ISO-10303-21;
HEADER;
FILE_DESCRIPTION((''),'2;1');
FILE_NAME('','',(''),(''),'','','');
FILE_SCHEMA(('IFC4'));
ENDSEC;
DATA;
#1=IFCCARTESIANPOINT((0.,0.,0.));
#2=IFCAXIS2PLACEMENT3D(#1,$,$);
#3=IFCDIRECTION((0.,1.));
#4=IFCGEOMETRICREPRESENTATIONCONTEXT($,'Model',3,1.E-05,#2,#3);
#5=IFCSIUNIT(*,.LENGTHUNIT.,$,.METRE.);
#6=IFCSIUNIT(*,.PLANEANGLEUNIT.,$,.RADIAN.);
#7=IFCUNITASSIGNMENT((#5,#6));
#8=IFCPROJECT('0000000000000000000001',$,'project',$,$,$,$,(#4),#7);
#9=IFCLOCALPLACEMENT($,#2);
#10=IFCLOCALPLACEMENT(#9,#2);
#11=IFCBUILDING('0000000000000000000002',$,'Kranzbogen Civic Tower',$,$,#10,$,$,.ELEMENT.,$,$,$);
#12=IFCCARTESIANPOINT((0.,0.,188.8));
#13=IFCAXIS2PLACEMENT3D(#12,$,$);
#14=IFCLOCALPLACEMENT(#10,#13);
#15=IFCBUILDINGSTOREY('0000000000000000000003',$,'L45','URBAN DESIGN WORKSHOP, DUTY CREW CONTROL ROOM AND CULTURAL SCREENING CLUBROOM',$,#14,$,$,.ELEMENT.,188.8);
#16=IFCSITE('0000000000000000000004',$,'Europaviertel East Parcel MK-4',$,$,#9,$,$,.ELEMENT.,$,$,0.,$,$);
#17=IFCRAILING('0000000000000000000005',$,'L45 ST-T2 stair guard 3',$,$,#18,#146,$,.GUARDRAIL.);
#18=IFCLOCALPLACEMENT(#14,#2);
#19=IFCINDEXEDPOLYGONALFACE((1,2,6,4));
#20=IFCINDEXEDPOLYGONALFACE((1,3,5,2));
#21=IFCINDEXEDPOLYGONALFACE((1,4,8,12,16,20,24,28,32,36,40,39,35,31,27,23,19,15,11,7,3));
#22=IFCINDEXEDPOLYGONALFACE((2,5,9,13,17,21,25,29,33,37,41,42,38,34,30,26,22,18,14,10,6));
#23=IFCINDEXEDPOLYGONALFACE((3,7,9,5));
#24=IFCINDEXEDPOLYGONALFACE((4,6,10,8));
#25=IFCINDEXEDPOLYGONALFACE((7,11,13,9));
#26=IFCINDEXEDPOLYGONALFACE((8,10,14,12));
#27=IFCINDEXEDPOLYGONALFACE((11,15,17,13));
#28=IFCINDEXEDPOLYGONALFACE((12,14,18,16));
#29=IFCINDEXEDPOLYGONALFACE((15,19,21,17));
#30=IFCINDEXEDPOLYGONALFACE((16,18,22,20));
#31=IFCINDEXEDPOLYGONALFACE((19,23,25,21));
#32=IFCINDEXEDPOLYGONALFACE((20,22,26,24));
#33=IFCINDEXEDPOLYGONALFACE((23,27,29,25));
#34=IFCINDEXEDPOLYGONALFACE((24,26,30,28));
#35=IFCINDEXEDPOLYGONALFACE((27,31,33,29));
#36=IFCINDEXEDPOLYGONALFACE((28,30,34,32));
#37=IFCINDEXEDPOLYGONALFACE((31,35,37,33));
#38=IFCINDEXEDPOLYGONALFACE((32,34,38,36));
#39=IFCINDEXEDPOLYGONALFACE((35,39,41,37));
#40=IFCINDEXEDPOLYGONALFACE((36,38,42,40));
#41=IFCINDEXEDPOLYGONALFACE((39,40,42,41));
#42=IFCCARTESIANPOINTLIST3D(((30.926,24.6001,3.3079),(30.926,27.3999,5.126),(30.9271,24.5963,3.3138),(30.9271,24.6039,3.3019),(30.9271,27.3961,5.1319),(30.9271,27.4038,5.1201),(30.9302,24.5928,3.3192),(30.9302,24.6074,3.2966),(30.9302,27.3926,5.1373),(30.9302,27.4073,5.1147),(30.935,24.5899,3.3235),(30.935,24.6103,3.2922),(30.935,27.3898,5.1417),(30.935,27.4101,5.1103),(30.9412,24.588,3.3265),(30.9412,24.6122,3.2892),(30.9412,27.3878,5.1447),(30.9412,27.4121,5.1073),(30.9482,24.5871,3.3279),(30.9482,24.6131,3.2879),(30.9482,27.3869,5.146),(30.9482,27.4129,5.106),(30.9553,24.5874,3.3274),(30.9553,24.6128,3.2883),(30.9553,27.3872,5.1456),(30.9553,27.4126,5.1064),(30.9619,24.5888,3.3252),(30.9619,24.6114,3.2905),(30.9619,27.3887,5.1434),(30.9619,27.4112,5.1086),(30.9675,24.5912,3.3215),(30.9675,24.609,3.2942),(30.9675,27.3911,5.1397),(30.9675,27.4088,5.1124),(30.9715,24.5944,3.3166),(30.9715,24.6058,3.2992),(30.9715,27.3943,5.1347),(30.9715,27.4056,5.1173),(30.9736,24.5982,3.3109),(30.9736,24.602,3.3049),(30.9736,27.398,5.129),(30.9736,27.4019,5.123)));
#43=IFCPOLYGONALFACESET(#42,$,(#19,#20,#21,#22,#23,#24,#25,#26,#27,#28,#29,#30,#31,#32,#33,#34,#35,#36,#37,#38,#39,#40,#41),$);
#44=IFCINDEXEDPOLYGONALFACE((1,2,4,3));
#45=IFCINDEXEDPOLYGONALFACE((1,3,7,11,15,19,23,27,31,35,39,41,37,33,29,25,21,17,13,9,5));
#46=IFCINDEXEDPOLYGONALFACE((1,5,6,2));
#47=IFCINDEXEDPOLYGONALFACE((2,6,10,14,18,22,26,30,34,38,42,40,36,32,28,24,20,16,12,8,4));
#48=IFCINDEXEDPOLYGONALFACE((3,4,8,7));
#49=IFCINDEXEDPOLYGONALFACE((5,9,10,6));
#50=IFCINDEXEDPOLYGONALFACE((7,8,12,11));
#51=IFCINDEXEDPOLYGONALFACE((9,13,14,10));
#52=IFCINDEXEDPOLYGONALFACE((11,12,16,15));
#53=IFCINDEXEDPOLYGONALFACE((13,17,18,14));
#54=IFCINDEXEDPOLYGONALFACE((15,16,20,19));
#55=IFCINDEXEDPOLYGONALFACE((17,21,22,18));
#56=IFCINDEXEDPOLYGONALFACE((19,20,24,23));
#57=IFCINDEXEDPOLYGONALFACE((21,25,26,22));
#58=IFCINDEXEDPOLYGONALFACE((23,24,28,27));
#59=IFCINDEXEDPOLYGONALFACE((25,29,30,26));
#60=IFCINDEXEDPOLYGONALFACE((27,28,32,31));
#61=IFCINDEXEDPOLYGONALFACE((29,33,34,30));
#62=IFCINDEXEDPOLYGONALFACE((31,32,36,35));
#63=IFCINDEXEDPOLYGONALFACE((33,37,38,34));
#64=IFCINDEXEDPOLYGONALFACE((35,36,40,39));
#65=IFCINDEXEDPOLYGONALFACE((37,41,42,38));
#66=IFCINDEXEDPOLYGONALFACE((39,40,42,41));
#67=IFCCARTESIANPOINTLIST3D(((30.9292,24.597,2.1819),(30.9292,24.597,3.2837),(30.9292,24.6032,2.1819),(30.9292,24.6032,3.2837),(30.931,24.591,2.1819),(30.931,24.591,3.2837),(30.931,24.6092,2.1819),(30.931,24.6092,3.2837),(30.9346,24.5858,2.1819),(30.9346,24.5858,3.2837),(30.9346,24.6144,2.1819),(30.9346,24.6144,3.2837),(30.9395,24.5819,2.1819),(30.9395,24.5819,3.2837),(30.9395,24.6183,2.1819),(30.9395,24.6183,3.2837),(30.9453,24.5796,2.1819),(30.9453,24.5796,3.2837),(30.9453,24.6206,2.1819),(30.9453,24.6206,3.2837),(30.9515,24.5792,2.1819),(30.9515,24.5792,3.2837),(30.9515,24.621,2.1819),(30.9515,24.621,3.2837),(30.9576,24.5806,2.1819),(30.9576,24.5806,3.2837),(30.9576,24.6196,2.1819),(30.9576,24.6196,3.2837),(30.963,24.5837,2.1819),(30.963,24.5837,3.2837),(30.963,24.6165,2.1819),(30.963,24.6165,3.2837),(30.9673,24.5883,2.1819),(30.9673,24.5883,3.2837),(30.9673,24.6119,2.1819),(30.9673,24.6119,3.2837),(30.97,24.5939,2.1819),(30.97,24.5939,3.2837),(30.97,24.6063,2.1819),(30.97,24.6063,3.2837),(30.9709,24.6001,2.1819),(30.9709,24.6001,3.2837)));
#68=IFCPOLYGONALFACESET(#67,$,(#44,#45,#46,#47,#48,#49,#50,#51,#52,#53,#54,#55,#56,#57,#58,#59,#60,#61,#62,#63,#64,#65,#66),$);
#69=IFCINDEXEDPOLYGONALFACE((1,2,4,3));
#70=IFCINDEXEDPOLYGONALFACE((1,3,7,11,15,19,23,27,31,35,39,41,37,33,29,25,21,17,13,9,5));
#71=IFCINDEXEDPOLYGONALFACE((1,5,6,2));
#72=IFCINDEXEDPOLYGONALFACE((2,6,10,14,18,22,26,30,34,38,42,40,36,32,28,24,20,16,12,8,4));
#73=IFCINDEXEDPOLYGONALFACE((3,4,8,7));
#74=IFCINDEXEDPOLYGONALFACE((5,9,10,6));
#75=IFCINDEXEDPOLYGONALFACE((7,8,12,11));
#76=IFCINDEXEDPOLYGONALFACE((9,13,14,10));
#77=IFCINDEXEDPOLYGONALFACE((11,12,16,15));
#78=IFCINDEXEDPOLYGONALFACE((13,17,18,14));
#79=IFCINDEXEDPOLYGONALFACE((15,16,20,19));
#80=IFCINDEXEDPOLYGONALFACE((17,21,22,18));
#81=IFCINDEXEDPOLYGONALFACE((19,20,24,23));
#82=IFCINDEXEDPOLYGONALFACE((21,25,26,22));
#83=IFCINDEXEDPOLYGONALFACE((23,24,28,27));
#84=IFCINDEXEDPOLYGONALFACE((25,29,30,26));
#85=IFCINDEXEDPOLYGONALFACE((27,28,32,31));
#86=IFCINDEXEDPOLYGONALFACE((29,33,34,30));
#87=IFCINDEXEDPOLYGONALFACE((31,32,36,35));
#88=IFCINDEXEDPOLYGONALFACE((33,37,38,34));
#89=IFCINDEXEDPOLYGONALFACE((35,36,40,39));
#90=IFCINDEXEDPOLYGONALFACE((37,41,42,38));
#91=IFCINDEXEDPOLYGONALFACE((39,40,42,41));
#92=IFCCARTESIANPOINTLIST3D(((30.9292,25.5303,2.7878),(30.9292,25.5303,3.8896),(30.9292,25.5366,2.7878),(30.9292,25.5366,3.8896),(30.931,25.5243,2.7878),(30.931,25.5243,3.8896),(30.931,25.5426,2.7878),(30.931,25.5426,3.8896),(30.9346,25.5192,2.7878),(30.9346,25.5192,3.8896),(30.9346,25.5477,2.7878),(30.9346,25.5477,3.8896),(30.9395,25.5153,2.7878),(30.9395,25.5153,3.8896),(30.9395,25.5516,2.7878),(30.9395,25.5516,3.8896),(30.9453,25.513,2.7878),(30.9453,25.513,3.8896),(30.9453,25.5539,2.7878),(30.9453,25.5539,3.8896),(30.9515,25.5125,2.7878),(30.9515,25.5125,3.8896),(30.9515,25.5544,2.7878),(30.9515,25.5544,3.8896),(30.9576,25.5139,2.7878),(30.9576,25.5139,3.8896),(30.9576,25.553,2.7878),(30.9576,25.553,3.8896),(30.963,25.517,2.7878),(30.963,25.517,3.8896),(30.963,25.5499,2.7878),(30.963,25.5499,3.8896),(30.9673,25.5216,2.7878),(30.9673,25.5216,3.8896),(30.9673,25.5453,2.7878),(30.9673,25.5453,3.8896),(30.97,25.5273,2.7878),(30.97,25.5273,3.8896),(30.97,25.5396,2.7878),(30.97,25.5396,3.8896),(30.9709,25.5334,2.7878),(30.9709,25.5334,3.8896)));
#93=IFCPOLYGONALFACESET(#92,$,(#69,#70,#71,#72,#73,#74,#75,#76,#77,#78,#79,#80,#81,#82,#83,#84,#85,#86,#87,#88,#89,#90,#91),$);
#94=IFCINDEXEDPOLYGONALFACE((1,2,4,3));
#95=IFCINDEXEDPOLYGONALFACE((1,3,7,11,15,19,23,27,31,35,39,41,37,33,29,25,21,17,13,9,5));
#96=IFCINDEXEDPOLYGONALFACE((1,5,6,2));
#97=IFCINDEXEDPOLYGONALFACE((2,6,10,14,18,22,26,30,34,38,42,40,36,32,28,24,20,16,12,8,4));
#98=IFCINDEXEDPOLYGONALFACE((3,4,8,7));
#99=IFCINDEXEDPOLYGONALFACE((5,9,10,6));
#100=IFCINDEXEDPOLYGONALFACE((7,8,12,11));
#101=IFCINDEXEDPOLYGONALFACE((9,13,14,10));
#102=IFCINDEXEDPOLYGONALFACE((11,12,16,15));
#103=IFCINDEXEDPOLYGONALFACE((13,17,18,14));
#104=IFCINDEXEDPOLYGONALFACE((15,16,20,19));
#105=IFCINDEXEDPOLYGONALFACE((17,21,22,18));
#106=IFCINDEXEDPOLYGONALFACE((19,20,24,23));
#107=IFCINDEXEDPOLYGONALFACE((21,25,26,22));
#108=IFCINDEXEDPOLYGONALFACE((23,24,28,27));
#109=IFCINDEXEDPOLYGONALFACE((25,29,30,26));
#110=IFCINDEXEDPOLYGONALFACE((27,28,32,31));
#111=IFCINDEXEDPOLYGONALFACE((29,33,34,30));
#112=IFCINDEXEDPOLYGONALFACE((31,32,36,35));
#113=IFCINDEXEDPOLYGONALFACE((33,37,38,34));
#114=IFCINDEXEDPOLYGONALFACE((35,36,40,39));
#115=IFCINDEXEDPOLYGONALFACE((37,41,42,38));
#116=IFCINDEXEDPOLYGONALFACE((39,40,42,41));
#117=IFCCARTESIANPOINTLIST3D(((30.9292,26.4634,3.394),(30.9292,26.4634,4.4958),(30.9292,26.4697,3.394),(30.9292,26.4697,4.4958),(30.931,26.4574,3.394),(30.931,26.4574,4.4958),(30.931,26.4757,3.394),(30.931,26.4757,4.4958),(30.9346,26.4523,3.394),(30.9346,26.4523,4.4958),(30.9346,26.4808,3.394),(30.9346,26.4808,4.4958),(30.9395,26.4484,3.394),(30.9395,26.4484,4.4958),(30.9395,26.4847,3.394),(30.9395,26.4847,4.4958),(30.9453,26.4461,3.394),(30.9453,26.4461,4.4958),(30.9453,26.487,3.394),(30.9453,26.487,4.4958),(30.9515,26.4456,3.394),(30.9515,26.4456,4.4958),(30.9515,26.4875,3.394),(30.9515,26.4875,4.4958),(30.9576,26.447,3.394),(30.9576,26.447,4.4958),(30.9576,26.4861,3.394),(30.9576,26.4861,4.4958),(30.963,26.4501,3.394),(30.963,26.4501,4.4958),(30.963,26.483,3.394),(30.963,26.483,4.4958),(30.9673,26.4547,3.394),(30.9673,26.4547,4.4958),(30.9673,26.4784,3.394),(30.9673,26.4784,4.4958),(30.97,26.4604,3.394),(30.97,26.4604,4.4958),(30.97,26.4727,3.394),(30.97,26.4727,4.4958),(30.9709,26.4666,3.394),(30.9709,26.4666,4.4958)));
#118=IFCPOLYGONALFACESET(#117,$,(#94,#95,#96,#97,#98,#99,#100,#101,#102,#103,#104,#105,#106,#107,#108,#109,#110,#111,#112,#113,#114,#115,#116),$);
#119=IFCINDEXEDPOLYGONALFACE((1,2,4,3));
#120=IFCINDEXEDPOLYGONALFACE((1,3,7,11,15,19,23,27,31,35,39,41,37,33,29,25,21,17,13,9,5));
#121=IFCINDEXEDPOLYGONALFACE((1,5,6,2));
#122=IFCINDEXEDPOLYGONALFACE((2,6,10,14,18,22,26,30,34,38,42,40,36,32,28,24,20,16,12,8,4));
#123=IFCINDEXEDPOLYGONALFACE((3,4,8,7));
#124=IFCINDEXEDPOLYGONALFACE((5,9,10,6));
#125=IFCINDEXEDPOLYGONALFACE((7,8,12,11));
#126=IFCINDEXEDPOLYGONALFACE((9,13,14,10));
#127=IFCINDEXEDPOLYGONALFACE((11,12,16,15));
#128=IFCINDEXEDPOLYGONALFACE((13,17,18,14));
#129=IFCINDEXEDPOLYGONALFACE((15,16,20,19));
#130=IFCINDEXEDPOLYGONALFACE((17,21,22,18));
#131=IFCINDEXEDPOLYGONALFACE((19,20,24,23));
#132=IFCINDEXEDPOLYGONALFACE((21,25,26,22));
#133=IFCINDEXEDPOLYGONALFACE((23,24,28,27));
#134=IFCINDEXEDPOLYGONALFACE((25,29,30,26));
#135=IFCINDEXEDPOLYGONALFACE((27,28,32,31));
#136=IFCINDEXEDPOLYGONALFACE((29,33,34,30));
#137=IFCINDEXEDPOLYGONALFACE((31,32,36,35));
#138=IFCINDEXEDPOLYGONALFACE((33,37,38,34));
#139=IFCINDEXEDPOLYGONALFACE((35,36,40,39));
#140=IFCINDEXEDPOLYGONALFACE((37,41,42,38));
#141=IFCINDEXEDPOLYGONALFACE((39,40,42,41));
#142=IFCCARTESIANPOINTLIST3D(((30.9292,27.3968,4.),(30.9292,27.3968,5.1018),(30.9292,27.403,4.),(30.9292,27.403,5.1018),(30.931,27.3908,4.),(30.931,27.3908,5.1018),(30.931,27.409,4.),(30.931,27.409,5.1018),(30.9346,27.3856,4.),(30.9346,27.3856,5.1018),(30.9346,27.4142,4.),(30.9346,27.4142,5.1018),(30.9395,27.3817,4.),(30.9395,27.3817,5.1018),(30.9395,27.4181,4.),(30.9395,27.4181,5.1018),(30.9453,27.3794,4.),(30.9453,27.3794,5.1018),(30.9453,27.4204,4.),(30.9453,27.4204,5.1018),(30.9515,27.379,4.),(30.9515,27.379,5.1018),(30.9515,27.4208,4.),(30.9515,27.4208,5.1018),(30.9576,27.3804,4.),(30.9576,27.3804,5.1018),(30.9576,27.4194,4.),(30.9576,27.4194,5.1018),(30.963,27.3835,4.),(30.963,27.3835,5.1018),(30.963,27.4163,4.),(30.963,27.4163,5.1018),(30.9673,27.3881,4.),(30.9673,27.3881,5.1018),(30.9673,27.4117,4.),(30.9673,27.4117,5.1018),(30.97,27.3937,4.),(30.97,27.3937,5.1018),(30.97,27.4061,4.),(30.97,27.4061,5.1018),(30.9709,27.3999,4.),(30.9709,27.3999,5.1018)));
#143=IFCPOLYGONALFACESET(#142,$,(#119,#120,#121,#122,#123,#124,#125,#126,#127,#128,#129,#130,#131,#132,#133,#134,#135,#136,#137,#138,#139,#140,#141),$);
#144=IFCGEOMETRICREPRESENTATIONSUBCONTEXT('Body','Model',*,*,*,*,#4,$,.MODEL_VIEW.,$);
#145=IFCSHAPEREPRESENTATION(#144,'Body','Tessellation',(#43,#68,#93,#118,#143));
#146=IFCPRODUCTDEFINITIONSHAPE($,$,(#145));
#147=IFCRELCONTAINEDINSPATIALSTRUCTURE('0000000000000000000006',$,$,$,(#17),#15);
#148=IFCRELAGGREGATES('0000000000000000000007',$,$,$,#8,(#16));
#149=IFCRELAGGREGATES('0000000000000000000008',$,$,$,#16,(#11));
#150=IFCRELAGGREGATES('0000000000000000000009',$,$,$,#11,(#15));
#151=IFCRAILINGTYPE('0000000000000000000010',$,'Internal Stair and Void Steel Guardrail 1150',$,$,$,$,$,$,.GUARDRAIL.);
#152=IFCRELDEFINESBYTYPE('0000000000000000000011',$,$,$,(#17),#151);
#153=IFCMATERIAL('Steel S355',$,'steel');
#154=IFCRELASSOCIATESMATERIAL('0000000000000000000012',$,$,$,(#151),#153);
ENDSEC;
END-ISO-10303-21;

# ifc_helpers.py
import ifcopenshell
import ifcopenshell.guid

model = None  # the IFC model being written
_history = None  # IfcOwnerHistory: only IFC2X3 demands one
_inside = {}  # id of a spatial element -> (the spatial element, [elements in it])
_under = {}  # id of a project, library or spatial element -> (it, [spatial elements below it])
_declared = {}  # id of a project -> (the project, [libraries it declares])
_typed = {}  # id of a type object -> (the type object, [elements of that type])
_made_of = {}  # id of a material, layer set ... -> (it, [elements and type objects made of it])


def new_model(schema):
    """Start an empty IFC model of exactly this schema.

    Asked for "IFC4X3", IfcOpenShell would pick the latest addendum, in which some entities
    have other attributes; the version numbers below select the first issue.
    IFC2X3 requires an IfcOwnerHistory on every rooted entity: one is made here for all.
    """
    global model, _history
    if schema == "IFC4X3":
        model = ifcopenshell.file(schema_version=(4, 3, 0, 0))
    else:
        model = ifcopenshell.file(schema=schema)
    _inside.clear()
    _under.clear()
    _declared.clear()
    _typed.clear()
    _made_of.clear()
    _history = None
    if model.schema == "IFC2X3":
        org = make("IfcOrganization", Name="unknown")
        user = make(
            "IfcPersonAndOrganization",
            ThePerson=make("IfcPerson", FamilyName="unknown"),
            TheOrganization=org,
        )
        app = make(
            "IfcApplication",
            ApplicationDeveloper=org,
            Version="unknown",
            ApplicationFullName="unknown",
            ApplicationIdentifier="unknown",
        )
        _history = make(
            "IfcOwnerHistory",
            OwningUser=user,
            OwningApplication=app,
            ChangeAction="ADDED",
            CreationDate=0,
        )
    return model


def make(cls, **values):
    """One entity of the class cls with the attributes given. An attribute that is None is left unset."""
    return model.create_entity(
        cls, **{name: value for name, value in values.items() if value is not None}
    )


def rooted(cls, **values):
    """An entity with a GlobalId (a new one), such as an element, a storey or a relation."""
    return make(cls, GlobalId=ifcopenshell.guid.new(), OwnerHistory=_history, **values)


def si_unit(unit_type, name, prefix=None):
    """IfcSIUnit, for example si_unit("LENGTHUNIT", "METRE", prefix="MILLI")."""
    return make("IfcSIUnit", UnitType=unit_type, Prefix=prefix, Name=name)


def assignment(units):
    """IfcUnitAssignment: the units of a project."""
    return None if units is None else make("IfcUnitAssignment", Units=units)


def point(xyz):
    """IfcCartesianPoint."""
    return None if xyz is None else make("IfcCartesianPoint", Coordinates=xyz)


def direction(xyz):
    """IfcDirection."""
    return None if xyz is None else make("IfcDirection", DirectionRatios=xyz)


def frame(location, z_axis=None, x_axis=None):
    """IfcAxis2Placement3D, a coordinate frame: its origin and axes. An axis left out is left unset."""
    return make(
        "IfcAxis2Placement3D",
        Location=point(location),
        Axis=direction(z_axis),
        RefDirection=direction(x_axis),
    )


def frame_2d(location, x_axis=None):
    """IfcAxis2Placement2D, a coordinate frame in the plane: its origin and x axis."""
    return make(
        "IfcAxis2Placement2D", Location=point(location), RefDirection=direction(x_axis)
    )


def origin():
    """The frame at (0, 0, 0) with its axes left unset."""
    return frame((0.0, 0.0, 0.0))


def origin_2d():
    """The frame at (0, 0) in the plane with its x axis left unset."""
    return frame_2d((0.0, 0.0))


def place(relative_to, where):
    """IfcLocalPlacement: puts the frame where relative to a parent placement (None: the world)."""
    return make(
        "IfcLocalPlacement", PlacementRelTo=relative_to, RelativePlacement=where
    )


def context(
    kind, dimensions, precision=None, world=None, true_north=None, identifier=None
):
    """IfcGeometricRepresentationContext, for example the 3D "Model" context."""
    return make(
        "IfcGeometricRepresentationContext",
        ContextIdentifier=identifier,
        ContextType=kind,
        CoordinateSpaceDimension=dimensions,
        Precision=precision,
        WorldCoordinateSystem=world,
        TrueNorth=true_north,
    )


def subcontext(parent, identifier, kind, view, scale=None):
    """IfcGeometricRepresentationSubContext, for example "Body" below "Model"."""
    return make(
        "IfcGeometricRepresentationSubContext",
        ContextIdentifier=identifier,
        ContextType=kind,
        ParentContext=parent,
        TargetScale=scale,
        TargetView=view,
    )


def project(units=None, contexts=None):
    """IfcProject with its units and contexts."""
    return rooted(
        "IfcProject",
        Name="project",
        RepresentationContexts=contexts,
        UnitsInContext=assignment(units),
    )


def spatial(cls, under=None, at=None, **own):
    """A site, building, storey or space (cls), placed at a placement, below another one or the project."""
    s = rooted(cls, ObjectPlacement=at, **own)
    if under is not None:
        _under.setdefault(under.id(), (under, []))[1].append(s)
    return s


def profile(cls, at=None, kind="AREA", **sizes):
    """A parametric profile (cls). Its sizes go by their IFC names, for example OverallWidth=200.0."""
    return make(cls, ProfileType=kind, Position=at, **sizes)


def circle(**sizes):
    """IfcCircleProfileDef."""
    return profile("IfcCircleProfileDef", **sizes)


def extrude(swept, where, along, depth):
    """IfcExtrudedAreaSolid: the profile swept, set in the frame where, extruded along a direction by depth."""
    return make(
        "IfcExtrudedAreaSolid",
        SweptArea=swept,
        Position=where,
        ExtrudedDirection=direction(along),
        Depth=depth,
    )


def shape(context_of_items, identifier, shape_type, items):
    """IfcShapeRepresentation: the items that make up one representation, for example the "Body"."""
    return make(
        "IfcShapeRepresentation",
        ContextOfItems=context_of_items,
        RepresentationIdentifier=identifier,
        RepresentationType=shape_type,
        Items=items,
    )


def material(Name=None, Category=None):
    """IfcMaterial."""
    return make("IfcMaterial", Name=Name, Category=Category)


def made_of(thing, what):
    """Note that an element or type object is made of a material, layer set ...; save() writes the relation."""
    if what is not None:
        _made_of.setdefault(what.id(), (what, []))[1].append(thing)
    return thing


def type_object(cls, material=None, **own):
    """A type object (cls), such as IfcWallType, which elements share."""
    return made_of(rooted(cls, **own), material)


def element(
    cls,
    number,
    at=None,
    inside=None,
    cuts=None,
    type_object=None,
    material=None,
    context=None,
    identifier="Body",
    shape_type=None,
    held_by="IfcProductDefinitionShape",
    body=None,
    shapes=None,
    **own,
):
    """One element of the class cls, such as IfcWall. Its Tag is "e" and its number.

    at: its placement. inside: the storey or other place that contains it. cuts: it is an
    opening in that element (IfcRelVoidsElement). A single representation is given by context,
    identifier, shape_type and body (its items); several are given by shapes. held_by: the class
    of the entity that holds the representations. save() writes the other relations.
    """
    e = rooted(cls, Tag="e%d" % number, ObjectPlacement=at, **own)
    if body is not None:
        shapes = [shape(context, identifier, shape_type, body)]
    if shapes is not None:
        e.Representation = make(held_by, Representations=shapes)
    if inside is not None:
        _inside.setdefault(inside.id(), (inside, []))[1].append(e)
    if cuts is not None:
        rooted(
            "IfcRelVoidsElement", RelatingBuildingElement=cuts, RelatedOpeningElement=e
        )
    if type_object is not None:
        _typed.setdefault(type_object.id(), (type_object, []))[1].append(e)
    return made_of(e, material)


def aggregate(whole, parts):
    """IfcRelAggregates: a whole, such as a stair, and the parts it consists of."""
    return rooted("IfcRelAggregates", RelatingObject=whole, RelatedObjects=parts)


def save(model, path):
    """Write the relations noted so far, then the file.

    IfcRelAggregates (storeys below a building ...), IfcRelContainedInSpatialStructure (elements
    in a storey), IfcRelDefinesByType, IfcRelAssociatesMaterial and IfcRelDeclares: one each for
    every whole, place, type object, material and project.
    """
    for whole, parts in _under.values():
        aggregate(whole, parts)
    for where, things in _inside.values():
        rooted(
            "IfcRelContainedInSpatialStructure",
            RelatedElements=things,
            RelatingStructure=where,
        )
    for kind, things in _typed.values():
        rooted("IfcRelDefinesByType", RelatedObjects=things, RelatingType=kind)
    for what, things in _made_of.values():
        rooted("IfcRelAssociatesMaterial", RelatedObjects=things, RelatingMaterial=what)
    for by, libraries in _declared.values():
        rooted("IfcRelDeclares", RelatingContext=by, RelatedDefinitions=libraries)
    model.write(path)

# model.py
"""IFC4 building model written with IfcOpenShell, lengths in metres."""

from ifc_helpers import new_model, si_unit, direction, frame, origin, origin_2d, place, context, subcontext, project, spatial, circle, extrude, material, type_object, element, save


model = new_model("IFC4")

# Units and contexts
model_context = context("Model", 3, precision=1e-05, world=origin(), true_north=direction((0.0, 1.0)))
body_context = subcontext(model_context, "Body", "Model", "MODEL_VIEW")
ifc_project = project(units=[si_unit("LENGTHUNIT", "METRE"), si_unit("PLANEANGLEUNIT", "RADIAN")], contexts=[model_context])

# Site, building, storey
site_placement = place(None, origin())
site = spatial("IfcSite", under=ifc_project, at=site_placement, Name="Europaviertel East Parcel MK-4", CompositionType="ELEMENT", RefElevation=0.0)
building_placement = place(site_placement, origin())
building = spatial("IfcBuilding", under=site, at=building_placement, Name="Kranzbogen Civic Tower", CompositionType="ELEMENT")
storey_placement = place(building_placement, frame((0.0, 0.0, 188.8)))
storey = spatial("IfcBuildingStorey", under=building, at=storey_placement, Name="L45", Description="URBAN DESIGN WORKSHOP, DUTY CREW CONTROL ROOM AND CULTURAL SCREENING CLUBROOM", CompositionType="ELEMENT", Elevation=188.8)

# Shared definitions
ifc_material_1 = material(Name="Steel S355", Category="steel")

# Railing
railing_type_1 = type_object("IfcRailingType", Name="Internal Stair and Void Steel Guardrail 1150", PredefinedType="GUARDRAIL", material=ifc_material_1)
railing_1_placement = place(storey_placement, frame((30.95, 24.6001, 2.1819)))
element("IfcRailing", 1, at=railing_1_placement, inside=storey, type_object=railing_type_1, Name="L45 ST-T2 stair guard 3", PredefinedType="GUARDRAIL", context=body_context, shape_type="SweptSolid", body=[
    extrude(circle(Radius=0.0239, at=origin_2d()), frame((0.0, 0.0, 1.126), z_axis=(0.0, 0.838684, 0.544618), x_axis=(-1.0, 0.0, 0.0)), (0.0, 0.0, 1.0), 3.3384),
    extrude(circle(Radius=0.021, at=origin_2d()), origin(), (0.0, 0.0, 1.0), 1.1018),
    extrude(circle(Radius=0.021, at=origin_2d()), frame((0.0, 0.9333, 0.606)), (0.0, 0.0, 1.0), 1.1018),
    extrude(circle(Radius=0.021, at=origin_2d()), frame((0.0, 1.8665, 1.2122)), (0.0, 0.0, 1.0), 1.1018),
    extrude(circle(Radius=0.021, at=origin_2d()), frame((0.0, 2.7998, 1.8181)), (0.0, 0.0, 1.0), 1.1018),
])

save(model, "model.ifc")
